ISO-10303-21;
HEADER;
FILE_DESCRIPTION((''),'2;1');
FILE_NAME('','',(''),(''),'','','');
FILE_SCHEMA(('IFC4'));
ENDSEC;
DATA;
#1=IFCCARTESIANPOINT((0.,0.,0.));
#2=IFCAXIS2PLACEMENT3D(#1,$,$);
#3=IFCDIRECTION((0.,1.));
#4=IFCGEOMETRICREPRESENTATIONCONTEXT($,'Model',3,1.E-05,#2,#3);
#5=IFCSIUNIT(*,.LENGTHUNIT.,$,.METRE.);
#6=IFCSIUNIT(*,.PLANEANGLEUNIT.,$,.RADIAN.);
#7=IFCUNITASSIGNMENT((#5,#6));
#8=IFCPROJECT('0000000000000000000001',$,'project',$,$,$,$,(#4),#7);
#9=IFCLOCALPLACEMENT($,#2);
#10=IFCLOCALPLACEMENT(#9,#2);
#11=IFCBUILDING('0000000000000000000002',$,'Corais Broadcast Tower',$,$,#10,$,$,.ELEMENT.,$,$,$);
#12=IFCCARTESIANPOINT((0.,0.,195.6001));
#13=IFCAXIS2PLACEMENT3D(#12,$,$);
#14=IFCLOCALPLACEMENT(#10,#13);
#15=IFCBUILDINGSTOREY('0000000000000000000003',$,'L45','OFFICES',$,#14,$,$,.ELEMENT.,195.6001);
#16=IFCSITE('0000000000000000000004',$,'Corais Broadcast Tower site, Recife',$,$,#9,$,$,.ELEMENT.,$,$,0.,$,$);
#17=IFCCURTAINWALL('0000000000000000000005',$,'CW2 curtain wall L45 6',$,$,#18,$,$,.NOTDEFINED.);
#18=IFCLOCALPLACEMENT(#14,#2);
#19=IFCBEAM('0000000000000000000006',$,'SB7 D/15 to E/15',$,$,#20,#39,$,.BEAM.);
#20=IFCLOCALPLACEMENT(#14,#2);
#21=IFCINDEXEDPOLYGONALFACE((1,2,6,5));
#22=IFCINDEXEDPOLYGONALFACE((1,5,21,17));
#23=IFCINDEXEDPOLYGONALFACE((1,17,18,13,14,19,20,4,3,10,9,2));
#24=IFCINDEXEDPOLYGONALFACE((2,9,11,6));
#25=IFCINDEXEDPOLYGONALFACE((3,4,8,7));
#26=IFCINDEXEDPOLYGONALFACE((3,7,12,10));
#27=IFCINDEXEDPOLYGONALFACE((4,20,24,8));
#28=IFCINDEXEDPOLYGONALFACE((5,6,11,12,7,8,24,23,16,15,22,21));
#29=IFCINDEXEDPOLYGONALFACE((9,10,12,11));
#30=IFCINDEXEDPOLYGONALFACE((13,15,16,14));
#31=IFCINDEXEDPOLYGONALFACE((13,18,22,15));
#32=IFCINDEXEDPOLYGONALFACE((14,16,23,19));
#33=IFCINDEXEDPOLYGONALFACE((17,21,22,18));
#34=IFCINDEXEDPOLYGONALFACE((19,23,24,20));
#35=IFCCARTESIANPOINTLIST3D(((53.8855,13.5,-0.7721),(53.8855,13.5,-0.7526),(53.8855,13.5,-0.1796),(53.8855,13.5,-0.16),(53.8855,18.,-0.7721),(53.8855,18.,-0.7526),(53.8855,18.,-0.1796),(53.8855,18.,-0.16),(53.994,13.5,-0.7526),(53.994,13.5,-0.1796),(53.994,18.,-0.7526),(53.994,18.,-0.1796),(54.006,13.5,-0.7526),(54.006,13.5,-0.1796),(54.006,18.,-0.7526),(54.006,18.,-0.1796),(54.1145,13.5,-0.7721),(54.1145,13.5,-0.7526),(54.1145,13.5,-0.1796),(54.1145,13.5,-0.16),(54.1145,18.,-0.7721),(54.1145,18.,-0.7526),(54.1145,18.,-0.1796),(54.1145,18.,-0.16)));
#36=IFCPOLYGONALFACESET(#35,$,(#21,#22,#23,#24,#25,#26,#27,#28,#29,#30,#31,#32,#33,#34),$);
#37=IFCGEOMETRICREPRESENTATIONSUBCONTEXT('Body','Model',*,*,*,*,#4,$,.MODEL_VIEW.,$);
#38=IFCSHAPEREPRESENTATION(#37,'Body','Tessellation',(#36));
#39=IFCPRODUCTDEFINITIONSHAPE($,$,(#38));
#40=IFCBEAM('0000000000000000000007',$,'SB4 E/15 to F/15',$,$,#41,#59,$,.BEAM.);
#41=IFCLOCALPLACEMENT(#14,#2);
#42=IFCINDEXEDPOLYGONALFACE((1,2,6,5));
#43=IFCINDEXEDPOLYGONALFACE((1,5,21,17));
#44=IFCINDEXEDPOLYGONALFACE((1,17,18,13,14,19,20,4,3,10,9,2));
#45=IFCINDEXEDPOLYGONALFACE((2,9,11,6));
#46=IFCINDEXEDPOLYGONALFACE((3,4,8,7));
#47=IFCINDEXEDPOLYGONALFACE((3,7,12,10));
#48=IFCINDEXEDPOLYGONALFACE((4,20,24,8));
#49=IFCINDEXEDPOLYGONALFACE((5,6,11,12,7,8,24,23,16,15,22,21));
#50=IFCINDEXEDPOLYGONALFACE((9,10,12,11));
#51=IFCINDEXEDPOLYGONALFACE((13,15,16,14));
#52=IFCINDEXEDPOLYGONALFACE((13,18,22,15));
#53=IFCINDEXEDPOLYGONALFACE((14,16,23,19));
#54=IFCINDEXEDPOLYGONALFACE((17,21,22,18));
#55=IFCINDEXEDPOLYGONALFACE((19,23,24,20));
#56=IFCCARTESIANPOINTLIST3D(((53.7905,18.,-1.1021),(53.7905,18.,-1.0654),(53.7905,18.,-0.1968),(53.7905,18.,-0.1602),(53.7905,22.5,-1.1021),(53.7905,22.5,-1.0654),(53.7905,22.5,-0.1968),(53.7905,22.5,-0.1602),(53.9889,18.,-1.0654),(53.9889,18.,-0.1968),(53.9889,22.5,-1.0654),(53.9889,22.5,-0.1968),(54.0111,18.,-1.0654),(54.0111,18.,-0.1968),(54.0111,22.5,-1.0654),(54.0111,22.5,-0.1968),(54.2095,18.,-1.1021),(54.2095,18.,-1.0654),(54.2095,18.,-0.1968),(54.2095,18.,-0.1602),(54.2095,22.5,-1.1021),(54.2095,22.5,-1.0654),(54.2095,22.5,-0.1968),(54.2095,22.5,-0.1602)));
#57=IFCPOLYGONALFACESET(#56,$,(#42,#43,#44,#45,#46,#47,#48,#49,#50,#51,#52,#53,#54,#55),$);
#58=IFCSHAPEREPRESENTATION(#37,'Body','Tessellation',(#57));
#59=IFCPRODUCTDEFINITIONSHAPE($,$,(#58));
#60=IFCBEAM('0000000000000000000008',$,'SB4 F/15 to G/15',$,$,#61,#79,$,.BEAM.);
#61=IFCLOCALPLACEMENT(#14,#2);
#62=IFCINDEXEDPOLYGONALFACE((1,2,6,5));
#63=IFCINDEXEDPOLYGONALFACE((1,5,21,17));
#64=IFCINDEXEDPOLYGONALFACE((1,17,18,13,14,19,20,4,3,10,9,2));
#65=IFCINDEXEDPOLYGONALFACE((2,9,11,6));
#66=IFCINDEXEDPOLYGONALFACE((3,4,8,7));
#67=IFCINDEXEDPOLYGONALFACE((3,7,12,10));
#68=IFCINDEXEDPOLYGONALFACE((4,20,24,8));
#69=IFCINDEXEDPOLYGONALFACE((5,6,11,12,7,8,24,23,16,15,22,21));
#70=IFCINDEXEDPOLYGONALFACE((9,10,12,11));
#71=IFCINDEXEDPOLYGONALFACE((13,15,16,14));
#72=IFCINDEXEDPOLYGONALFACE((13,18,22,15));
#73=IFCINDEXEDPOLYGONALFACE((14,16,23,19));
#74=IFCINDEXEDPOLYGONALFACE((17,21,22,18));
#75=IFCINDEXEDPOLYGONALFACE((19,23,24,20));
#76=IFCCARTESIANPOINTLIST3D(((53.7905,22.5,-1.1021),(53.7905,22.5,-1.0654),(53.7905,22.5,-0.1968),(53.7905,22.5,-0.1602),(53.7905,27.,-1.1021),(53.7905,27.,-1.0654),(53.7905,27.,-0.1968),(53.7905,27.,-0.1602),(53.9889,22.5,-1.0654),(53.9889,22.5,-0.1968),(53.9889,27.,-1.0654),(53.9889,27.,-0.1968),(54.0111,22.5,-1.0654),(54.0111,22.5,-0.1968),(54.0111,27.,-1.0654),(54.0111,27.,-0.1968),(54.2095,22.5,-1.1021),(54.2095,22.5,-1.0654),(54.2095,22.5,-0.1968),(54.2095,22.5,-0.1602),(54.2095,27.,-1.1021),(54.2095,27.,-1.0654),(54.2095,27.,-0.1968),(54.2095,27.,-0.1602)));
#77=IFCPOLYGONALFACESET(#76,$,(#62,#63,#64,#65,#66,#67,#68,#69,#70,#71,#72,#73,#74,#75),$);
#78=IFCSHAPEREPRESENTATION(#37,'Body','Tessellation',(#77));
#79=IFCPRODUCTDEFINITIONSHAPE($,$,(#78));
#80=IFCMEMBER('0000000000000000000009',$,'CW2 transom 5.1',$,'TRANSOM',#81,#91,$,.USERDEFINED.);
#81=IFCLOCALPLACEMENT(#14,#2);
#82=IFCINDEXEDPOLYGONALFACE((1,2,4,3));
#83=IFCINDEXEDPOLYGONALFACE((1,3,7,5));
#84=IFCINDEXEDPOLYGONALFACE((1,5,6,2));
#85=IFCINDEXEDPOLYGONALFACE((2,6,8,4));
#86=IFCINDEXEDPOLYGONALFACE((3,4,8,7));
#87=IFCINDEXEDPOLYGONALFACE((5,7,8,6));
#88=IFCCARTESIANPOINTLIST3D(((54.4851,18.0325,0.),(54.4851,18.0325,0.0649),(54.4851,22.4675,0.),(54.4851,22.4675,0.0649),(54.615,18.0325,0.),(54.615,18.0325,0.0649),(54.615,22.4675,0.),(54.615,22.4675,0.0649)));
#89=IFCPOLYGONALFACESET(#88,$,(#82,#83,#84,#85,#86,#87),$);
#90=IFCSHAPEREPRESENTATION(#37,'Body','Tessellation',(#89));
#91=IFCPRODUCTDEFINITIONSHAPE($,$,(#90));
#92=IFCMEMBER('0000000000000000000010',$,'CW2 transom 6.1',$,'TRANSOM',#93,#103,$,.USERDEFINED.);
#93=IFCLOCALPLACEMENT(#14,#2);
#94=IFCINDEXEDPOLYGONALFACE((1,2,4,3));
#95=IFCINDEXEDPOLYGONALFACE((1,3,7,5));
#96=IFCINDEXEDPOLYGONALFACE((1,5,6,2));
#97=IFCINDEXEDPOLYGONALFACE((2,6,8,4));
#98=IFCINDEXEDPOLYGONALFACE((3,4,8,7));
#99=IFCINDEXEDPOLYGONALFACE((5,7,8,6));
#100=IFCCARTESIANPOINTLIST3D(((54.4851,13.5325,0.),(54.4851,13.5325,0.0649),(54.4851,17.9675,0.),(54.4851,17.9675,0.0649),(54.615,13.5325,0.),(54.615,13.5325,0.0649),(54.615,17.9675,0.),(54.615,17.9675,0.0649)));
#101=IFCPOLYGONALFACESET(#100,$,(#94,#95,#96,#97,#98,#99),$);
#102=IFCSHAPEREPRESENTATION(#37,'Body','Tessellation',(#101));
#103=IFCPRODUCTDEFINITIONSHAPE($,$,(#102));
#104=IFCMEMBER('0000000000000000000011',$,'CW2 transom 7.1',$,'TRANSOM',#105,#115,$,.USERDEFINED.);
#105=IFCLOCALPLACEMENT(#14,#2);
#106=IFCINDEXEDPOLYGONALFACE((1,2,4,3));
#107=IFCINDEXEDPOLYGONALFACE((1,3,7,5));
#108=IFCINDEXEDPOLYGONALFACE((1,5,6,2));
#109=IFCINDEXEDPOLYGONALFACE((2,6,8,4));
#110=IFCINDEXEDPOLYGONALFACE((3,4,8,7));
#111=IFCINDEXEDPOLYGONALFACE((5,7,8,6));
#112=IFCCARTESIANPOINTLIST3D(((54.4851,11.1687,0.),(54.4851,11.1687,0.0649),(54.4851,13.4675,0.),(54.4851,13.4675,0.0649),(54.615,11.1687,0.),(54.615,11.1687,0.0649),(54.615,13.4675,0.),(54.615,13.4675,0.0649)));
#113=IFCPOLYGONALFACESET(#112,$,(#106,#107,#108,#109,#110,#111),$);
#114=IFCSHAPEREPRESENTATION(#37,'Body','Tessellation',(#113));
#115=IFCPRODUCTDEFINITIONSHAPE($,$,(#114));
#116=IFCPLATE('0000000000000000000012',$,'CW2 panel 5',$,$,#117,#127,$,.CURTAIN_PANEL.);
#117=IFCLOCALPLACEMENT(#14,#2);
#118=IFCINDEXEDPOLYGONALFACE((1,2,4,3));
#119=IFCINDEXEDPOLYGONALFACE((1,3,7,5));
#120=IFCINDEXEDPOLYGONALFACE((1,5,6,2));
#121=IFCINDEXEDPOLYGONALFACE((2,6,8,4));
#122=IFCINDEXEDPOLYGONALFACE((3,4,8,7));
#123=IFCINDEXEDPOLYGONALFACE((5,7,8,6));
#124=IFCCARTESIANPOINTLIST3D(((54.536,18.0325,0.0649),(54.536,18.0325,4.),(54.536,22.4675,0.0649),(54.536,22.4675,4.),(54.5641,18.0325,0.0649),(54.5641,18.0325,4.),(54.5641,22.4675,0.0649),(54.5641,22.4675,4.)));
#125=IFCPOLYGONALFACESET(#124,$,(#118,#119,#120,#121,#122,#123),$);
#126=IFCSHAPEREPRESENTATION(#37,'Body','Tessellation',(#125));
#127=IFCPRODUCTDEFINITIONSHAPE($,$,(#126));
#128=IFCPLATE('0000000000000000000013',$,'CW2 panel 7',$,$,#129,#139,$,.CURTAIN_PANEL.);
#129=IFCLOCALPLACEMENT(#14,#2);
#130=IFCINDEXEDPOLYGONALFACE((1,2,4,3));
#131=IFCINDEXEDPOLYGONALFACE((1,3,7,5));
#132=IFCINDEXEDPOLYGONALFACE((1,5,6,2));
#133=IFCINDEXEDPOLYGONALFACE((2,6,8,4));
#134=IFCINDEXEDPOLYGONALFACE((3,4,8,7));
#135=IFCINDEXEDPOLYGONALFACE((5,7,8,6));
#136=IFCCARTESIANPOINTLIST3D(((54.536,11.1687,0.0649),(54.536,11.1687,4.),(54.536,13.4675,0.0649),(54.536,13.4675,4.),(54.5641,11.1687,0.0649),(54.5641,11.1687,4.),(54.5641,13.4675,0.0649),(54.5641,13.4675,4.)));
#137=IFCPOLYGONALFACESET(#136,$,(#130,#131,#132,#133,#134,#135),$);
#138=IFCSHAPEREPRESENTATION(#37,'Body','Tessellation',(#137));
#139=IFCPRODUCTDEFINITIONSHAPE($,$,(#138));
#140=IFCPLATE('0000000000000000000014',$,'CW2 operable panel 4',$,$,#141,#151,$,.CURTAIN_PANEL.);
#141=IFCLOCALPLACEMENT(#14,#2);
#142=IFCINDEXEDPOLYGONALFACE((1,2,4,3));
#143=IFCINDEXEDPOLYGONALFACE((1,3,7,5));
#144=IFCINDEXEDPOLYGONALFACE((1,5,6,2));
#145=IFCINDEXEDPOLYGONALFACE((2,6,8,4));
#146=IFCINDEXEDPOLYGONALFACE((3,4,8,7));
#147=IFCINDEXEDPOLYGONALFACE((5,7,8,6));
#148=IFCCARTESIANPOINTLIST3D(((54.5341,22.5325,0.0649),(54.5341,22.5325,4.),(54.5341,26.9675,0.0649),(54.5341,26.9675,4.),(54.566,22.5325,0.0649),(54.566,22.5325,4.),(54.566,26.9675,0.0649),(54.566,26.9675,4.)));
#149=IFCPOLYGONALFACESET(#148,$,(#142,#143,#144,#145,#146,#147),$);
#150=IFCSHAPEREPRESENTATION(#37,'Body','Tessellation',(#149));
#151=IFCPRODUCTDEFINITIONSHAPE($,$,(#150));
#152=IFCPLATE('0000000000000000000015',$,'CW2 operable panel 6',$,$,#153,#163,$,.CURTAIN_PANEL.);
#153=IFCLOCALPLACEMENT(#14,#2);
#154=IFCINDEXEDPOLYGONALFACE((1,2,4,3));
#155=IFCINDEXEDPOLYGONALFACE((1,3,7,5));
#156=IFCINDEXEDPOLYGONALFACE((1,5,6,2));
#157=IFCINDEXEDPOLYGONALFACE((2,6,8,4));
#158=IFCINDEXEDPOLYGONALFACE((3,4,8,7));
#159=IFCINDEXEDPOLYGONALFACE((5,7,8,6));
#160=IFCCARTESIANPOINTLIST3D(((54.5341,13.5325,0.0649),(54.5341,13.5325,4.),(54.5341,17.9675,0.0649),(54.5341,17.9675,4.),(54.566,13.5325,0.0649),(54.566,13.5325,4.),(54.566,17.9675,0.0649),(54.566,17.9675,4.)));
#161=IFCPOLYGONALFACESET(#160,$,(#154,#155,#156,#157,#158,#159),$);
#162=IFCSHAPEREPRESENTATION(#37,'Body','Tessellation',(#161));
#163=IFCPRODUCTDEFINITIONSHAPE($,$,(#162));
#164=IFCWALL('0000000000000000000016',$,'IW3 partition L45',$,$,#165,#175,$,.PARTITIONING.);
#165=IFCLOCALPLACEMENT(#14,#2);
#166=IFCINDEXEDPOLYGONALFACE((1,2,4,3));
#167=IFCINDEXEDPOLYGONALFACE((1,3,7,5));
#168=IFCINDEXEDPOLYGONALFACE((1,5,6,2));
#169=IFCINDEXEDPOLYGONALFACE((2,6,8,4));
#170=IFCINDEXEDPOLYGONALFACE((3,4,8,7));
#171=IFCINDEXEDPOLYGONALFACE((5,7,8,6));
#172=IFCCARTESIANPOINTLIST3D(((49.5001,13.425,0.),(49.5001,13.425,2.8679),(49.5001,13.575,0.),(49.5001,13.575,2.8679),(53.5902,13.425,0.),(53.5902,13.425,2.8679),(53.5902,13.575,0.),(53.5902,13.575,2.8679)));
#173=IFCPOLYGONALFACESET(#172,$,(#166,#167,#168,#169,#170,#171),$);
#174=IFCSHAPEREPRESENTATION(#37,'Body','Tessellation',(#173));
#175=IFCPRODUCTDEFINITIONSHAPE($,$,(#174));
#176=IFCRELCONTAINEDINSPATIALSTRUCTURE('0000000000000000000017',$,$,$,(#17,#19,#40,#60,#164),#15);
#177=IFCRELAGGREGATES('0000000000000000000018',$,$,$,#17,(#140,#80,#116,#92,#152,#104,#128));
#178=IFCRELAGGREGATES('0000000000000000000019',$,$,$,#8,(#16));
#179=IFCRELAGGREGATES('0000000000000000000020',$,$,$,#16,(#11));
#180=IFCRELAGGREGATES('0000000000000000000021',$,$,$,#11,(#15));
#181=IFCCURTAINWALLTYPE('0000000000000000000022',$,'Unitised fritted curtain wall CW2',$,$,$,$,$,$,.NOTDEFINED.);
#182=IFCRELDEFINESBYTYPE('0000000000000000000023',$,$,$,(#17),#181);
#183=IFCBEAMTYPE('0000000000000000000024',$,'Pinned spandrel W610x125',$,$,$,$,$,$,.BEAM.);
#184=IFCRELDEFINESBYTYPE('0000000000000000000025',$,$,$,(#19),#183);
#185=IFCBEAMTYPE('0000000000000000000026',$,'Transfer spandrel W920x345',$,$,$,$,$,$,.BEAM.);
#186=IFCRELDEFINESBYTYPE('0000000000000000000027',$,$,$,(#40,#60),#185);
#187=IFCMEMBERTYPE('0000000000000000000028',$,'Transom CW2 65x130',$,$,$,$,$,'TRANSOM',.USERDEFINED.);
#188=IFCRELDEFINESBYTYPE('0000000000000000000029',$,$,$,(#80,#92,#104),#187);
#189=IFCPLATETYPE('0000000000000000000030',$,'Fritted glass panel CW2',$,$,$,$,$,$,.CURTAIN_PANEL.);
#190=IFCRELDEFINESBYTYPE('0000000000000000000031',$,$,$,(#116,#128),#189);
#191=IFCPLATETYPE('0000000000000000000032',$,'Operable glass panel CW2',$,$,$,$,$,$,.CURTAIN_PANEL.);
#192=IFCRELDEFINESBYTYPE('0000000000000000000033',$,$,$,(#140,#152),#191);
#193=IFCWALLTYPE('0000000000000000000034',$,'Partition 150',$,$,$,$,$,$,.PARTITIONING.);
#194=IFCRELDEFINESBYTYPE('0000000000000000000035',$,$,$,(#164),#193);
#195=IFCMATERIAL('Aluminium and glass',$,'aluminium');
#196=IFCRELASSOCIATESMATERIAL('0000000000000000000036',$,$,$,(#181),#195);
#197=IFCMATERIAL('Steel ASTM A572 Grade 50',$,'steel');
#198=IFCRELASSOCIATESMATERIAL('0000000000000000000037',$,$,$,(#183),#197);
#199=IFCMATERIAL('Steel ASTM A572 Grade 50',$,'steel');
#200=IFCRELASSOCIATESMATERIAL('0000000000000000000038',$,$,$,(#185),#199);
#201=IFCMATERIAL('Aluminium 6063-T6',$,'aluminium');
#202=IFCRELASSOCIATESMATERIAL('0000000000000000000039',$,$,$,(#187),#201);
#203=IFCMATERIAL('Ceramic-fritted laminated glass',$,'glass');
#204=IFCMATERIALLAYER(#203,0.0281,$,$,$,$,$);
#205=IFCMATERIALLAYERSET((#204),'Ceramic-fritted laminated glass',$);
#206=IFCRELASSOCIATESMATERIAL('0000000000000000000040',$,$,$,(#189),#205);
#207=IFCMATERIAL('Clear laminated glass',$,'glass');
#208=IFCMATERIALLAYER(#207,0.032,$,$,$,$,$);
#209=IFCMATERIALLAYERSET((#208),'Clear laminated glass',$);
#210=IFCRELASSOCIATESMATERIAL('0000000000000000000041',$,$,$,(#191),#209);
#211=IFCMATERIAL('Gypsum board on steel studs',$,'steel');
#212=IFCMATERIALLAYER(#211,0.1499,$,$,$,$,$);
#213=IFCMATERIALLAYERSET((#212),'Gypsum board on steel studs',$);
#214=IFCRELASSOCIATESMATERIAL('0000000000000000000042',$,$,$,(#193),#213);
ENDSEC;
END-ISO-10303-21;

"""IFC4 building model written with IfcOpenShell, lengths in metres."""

from ifc_helpers import new_model, si_unit, direction, frame, frame_2d, origin, origin_2d, place, context, subcontext, project, spatial, rectangle, i_section, extrude, material, layer, layer_set, material_profile, profile_set, type_object, element, aggregate, save


model = new_model("IFC4")

# Units and contexts
model_context = context("Model", 3, precision=1e-05, world=origin(), true_north=direction((0.0, 1.0)))
body_context = subcontext(model_context, "Body", "Model", "MODEL_VIEW")
ifc_project = project(units=[si_unit("LENGTHUNIT", "METRE"), si_unit("PLANEANGLEUNIT", "RADIAN")], contexts=[model_context])

# Site, building, storey
site_placement = place(None, origin())
site = spatial("IfcSite", under=ifc_project, at=site_placement, Name="Corais Broadcast Tower site, Recife", CompositionType="ELEMENT", RefElevation=0.0)
building_placement = place(site_placement, origin())
building = spatial("IfcBuilding", under=site, at=building_placement, Name="Corais Broadcast Tower", CompositionType="ELEMENT")
storey_placement = place(building_placement, frame((0.0, 0.0, 195.6001)))
storey = spatial("IfcBuildingStorey", under=building, at=storey_placement, Name="L45", Description="OFFICES", CompositionType="ELEMENT", Elevation=195.6001)

# Curtain wall
ifc_material_1 = material(Name="Aluminium and glass", Category="aluminium")
curtain_wall_type = type_object("IfcCurtainWallType", Name="Unitised fritted curtain wall CW2", PredefinedType="NOTDEFINED", material=ifc_material_1)
curtain_wall_placement = place(storey_placement, origin())
curtain_wall = element("IfcCurtainWall", 1, at=curtain_wall_placement, inside=storey, type_object=curtain_wall_type, Name="CW2 curtain wall L45 6", PredefinedType="NOTDEFINED")

# Beams
ifc_material_2 = material(Name="Steel ASTM A572 Grade 50", Category="steel")
ifc_material_profile_1 = material_profile(ifc_material_2, i_section(OverallWidth=0.229, OverallDepth=0.6121, WebThickness=0.012, FlangeThickness=0.0195, at=origin_2d()), Name="W610x125")
ifc_profile_set_1 = profile_set([ifc_material_profile_1], Name="Steel ASTM A572 Grade 50")
beam_type_1 = type_object("IfcBeamType", Name="Pinned spandrel W610x125", PredefinedType="BEAM", material=ifc_profile_set_1)
beam_placement = place(storey_placement, frame((54.0, 13.5, -0.4661), z_axis=(0.0, 1.0, 0.0), x_axis=(-1.0, 0.0, 0.0)))
element("IfcBeam", 2, at=beam_placement, inside=storey, type_object=beam_type_1, Name="SB7 D/15 to E/15", PredefinedType="BEAM", context=body_context, shape_type="SweptSolid", body=[
    extrude(i_section(OverallWidth=0.229, OverallDepth=0.6121, WebThickness=0.012, FlangeThickness=0.0195, at=origin_2d()), origin(), (0.0, 0.0, 1.0), 4.5),
])
ifc_material_3 = material(Name="Steel ASTM A572 Grade 50", Category="steel")
ifc_material_profile_2 = material_profile(ifc_material_3, i_section(OverallWidth=0.4189, OverallDepth=0.9419, WebThickness=0.0222, FlangeThickness=0.0366, at=origin_2d()), Name="W920x345")
ifc_profile_set_2 = profile_set([ifc_material_profile_2], Name="Steel ASTM A572 Grade 50")
beam_type_2 = type_object("IfcBeamType", Name="Transfer spandrel W920x345", PredefinedType="BEAM", material=ifc_profile_set_2)
for number, where, z_axis, x_axis, name in (
    (3, (54.0, 18.0, -0.6311), (0.0, 1.0, 0.0), (-1.0, 0.0, 0.0), "SB4 E/15 to F/15"),
    (4, (54.0, 22.5, -0.6311), (0.0, 1.0, 0.0), (-1.0, 0.0, 0.0), "SB4 F/15 to G/15"),
):
    element("IfcBeam", number, at=place(storey_placement, frame(where, z_axis=z_axis, x_axis=x_axis)), inside=storey, type_object=beam_type_2, Name=name, PredefinedType="BEAM", context=body_context, shape_type="SweptSolid", body=[
        extrude(i_section(OverallWidth=0.4189, OverallDepth=0.9419, WebThickness=0.0222, FlangeThickness=0.0366, at=origin_2d()), origin(), (0.0, 0.0, 1.0), 4.5),
    ])

# Members
ifc_material_4 = material(Name="Aluminium 6063-T6", Category="aluminium")
ifc_material_profile_3 = material_profile(ifc_material_4, rectangle(XDim=0.1299, YDim=0.0649, at=origin_2d()), Name="Transom CW2 65x130")
ifc_profile_set_3 = profile_set([ifc_material_profile_3], Name="Aluminium 6063-T6")
member_type_1 = type_object("IfcMemberType", Name="Transom CW2 65x130", ElementType="TRANSOM", PredefinedType="USERDEFINED", material=ifc_profile_set_3)
member_1_placement = place(storey_placement, frame((54.55, 22.4675, 0.0325), z_axis=(0.0, -1.0, 0.0), x_axis=(1.0, 0.0, 0.0)))
member_1 = element("IfcMember", 5, at=member_1_placement, type_object=member_type_1, Name="CW2 transom 5.1", ObjectType="TRANSOM", PredefinedType="USERDEFINED", context=body_context, shape_type="SweptSolid", body=[
    extrude(rectangle(XDim=0.1299, YDim=0.0649, at=origin_2d()), origin(), (0.0, 0.0, 1.0), 4.4351),
])
member_2_placement = place(storey_placement, frame((54.55, 17.9675, 0.0325), z_axis=(0.0, -1.0, 0.0), x_axis=(1.0, 0.0, 0.0)))
member_2 = element("IfcMember", 6, at=member_2_placement, type_object=member_type_1, Name="CW2 transom 6.1", ObjectType="TRANSOM", PredefinedType="USERDEFINED", context=body_context, shape_type="SweptSolid", body=[
    extrude(rectangle(XDim=0.1299, YDim=0.0649, at=origin_2d()), origin(), (0.0, 0.0, 1.0), 4.4351),
])
member_3_placement = place(storey_placement, frame((54.55, 13.4675, 0.0325), z_axis=(0.0, -1.0, 0.0), x_axis=(1.0, 0.0, 0.0)))
member_3 = element("IfcMember", 7, at=member_3_placement, type_object=member_type_1, Name="CW2 transom 7.1", ObjectType="TRANSOM", PredefinedType="USERDEFINED", context=body_context, shape_type="SweptSolid", body=[
    extrude(rectangle(XDim=0.1299, YDim=0.0649, at=origin_2d()), origin(), (0.0, 0.0, 1.0), 2.2988),
])

# Plates
ifc_material_5 = material(Name="Ceramic-fritted laminated glass", Category="glass")
ifc_layer_1 = layer(ifc_material_5, 0.0281)
ifc_layer_set_1 = layer_set([ifc_layer_1], Name="Ceramic-fritted laminated glass")
plate_type_1 = type_object("IfcPlateType", Name="Fritted glass panel CW2", PredefinedType="CURTAIN_PANEL", material=ifc_layer_set_1)
plate_1_placement = place(storey_placement, frame((54.55, 20.25, 0.0649), z_axis=(0.0, 0.0, 1.0), x_axis=(0.0, -1.0, 0.0)))
plate_1 = element("IfcPlate", 8, at=plate_1_placement, type_object=plate_type_1, Name="CW2 panel 5", PredefinedType="CURTAIN_PANEL", context=body_context, shape_type="SweptSolid", body=[
    extrude(rectangle(XDim=4.4351, YDim=0.0281, at=origin_2d()), origin(), (0.0, 0.0, 1.0), 3.9351),
])
plate_2_placement = place(storey_placement, frame((54.55, 12.3181, 0.0649), z_axis=(0.0, 0.0, 1.0), x_axis=(0.0, -1.0, 0.0)))
plate_2 = element("IfcPlate", 9, at=plate_2_placement, type_object=plate_type_1, Name="CW2 panel 7", PredefinedType="CURTAIN_PANEL", context=body_context, shape_type="SweptSolid", body=[
    extrude(rectangle(XDim=2.2988, YDim=0.0281, at=origin_2d()), origin(), (0.0, 0.0, 1.0), 3.9351),
])
ifc_material_6 = material(Name="Clear laminated glass", Category="glass")
ifc_layer_2 = layer(ifc_material_6, 0.032)
ifc_layer_set_2 = layer_set([ifc_layer_2], Name="Clear laminated glass")
plate_type_2 = type_object("IfcPlateType", Name="Operable glass panel CW2", PredefinedType="CURTAIN_PANEL", material=ifc_layer_set_2)
plate_3_placement = place(storey_placement, frame((54.55, 24.75, 0.0649), z_axis=(0.0, 0.0, 1.0), x_axis=(0.0, -1.0, 0.0)))
plate_3 = element("IfcPlate", 10, at=plate_3_placement, type_object=plate_type_2, Name="CW2 operable panel 4", PredefinedType="CURTAIN_PANEL", context=body_context, shape_type="SweptSolid", body=[
    extrude(rectangle(XDim=4.4351, YDim=0.032, at=origin_2d()), origin(), (0.0, 0.0, 1.0), 3.9351),
])
plate_4_placement = place(storey_placement, frame((54.55, 15.75, 0.0649), z_axis=(0.0, 0.0, 1.0), x_axis=(0.0, -1.0, 0.0)))
plate_4 = element("IfcPlate", 11, at=plate_4_placement, type_object=plate_type_2, Name="CW2 operable panel 6", PredefinedType="CURTAIN_PANEL", context=body_context, shape_type="SweptSolid", body=[
    extrude(rectangle(XDim=4.4351, YDim=0.032, at=origin_2d()), origin(), (0.0, 0.0, 1.0), 3.9351),
])
aggregate(curtain_wall, [plate_3, member_1, plate_1, member_2, plate_4, member_3, plate_2])

# Wall
ifc_material_7 = material(Name="Gypsum board on steel studs", Category="steel")
ifc_layer_3 = layer(ifc_material_7, 0.1499)
ifc_layer_set_3 = layer_set([ifc_layer_3], Name="Gypsum board on steel studs")
wall_type = type_object("IfcWallType", Name="Partition 150", PredefinedType="PARTITIONING", material=ifc_layer_set_3)
wall_1_placement = place(storey_placement, frame((53.5901, 13.5, 0.0), z_axis=(0.0, 0.0, 1.0), x_axis=(-1.0, 0.0, 0.0)))
element("IfcWall", 12, at=wall_1_placement, inside=storey, type_object=wall_type, Name="IW3 partition L45", PredefinedType="PARTITIONING", context=body_context, shape_type="SweptSolid", body=[
    extrude(rectangle(XDim=4.0901, YDim=0.1499, at=frame_2d((2.0449, 0.0))), origin(), (0.0, 0.0, 1.0), 2.8679),
])

save(model, "model.ifc")
